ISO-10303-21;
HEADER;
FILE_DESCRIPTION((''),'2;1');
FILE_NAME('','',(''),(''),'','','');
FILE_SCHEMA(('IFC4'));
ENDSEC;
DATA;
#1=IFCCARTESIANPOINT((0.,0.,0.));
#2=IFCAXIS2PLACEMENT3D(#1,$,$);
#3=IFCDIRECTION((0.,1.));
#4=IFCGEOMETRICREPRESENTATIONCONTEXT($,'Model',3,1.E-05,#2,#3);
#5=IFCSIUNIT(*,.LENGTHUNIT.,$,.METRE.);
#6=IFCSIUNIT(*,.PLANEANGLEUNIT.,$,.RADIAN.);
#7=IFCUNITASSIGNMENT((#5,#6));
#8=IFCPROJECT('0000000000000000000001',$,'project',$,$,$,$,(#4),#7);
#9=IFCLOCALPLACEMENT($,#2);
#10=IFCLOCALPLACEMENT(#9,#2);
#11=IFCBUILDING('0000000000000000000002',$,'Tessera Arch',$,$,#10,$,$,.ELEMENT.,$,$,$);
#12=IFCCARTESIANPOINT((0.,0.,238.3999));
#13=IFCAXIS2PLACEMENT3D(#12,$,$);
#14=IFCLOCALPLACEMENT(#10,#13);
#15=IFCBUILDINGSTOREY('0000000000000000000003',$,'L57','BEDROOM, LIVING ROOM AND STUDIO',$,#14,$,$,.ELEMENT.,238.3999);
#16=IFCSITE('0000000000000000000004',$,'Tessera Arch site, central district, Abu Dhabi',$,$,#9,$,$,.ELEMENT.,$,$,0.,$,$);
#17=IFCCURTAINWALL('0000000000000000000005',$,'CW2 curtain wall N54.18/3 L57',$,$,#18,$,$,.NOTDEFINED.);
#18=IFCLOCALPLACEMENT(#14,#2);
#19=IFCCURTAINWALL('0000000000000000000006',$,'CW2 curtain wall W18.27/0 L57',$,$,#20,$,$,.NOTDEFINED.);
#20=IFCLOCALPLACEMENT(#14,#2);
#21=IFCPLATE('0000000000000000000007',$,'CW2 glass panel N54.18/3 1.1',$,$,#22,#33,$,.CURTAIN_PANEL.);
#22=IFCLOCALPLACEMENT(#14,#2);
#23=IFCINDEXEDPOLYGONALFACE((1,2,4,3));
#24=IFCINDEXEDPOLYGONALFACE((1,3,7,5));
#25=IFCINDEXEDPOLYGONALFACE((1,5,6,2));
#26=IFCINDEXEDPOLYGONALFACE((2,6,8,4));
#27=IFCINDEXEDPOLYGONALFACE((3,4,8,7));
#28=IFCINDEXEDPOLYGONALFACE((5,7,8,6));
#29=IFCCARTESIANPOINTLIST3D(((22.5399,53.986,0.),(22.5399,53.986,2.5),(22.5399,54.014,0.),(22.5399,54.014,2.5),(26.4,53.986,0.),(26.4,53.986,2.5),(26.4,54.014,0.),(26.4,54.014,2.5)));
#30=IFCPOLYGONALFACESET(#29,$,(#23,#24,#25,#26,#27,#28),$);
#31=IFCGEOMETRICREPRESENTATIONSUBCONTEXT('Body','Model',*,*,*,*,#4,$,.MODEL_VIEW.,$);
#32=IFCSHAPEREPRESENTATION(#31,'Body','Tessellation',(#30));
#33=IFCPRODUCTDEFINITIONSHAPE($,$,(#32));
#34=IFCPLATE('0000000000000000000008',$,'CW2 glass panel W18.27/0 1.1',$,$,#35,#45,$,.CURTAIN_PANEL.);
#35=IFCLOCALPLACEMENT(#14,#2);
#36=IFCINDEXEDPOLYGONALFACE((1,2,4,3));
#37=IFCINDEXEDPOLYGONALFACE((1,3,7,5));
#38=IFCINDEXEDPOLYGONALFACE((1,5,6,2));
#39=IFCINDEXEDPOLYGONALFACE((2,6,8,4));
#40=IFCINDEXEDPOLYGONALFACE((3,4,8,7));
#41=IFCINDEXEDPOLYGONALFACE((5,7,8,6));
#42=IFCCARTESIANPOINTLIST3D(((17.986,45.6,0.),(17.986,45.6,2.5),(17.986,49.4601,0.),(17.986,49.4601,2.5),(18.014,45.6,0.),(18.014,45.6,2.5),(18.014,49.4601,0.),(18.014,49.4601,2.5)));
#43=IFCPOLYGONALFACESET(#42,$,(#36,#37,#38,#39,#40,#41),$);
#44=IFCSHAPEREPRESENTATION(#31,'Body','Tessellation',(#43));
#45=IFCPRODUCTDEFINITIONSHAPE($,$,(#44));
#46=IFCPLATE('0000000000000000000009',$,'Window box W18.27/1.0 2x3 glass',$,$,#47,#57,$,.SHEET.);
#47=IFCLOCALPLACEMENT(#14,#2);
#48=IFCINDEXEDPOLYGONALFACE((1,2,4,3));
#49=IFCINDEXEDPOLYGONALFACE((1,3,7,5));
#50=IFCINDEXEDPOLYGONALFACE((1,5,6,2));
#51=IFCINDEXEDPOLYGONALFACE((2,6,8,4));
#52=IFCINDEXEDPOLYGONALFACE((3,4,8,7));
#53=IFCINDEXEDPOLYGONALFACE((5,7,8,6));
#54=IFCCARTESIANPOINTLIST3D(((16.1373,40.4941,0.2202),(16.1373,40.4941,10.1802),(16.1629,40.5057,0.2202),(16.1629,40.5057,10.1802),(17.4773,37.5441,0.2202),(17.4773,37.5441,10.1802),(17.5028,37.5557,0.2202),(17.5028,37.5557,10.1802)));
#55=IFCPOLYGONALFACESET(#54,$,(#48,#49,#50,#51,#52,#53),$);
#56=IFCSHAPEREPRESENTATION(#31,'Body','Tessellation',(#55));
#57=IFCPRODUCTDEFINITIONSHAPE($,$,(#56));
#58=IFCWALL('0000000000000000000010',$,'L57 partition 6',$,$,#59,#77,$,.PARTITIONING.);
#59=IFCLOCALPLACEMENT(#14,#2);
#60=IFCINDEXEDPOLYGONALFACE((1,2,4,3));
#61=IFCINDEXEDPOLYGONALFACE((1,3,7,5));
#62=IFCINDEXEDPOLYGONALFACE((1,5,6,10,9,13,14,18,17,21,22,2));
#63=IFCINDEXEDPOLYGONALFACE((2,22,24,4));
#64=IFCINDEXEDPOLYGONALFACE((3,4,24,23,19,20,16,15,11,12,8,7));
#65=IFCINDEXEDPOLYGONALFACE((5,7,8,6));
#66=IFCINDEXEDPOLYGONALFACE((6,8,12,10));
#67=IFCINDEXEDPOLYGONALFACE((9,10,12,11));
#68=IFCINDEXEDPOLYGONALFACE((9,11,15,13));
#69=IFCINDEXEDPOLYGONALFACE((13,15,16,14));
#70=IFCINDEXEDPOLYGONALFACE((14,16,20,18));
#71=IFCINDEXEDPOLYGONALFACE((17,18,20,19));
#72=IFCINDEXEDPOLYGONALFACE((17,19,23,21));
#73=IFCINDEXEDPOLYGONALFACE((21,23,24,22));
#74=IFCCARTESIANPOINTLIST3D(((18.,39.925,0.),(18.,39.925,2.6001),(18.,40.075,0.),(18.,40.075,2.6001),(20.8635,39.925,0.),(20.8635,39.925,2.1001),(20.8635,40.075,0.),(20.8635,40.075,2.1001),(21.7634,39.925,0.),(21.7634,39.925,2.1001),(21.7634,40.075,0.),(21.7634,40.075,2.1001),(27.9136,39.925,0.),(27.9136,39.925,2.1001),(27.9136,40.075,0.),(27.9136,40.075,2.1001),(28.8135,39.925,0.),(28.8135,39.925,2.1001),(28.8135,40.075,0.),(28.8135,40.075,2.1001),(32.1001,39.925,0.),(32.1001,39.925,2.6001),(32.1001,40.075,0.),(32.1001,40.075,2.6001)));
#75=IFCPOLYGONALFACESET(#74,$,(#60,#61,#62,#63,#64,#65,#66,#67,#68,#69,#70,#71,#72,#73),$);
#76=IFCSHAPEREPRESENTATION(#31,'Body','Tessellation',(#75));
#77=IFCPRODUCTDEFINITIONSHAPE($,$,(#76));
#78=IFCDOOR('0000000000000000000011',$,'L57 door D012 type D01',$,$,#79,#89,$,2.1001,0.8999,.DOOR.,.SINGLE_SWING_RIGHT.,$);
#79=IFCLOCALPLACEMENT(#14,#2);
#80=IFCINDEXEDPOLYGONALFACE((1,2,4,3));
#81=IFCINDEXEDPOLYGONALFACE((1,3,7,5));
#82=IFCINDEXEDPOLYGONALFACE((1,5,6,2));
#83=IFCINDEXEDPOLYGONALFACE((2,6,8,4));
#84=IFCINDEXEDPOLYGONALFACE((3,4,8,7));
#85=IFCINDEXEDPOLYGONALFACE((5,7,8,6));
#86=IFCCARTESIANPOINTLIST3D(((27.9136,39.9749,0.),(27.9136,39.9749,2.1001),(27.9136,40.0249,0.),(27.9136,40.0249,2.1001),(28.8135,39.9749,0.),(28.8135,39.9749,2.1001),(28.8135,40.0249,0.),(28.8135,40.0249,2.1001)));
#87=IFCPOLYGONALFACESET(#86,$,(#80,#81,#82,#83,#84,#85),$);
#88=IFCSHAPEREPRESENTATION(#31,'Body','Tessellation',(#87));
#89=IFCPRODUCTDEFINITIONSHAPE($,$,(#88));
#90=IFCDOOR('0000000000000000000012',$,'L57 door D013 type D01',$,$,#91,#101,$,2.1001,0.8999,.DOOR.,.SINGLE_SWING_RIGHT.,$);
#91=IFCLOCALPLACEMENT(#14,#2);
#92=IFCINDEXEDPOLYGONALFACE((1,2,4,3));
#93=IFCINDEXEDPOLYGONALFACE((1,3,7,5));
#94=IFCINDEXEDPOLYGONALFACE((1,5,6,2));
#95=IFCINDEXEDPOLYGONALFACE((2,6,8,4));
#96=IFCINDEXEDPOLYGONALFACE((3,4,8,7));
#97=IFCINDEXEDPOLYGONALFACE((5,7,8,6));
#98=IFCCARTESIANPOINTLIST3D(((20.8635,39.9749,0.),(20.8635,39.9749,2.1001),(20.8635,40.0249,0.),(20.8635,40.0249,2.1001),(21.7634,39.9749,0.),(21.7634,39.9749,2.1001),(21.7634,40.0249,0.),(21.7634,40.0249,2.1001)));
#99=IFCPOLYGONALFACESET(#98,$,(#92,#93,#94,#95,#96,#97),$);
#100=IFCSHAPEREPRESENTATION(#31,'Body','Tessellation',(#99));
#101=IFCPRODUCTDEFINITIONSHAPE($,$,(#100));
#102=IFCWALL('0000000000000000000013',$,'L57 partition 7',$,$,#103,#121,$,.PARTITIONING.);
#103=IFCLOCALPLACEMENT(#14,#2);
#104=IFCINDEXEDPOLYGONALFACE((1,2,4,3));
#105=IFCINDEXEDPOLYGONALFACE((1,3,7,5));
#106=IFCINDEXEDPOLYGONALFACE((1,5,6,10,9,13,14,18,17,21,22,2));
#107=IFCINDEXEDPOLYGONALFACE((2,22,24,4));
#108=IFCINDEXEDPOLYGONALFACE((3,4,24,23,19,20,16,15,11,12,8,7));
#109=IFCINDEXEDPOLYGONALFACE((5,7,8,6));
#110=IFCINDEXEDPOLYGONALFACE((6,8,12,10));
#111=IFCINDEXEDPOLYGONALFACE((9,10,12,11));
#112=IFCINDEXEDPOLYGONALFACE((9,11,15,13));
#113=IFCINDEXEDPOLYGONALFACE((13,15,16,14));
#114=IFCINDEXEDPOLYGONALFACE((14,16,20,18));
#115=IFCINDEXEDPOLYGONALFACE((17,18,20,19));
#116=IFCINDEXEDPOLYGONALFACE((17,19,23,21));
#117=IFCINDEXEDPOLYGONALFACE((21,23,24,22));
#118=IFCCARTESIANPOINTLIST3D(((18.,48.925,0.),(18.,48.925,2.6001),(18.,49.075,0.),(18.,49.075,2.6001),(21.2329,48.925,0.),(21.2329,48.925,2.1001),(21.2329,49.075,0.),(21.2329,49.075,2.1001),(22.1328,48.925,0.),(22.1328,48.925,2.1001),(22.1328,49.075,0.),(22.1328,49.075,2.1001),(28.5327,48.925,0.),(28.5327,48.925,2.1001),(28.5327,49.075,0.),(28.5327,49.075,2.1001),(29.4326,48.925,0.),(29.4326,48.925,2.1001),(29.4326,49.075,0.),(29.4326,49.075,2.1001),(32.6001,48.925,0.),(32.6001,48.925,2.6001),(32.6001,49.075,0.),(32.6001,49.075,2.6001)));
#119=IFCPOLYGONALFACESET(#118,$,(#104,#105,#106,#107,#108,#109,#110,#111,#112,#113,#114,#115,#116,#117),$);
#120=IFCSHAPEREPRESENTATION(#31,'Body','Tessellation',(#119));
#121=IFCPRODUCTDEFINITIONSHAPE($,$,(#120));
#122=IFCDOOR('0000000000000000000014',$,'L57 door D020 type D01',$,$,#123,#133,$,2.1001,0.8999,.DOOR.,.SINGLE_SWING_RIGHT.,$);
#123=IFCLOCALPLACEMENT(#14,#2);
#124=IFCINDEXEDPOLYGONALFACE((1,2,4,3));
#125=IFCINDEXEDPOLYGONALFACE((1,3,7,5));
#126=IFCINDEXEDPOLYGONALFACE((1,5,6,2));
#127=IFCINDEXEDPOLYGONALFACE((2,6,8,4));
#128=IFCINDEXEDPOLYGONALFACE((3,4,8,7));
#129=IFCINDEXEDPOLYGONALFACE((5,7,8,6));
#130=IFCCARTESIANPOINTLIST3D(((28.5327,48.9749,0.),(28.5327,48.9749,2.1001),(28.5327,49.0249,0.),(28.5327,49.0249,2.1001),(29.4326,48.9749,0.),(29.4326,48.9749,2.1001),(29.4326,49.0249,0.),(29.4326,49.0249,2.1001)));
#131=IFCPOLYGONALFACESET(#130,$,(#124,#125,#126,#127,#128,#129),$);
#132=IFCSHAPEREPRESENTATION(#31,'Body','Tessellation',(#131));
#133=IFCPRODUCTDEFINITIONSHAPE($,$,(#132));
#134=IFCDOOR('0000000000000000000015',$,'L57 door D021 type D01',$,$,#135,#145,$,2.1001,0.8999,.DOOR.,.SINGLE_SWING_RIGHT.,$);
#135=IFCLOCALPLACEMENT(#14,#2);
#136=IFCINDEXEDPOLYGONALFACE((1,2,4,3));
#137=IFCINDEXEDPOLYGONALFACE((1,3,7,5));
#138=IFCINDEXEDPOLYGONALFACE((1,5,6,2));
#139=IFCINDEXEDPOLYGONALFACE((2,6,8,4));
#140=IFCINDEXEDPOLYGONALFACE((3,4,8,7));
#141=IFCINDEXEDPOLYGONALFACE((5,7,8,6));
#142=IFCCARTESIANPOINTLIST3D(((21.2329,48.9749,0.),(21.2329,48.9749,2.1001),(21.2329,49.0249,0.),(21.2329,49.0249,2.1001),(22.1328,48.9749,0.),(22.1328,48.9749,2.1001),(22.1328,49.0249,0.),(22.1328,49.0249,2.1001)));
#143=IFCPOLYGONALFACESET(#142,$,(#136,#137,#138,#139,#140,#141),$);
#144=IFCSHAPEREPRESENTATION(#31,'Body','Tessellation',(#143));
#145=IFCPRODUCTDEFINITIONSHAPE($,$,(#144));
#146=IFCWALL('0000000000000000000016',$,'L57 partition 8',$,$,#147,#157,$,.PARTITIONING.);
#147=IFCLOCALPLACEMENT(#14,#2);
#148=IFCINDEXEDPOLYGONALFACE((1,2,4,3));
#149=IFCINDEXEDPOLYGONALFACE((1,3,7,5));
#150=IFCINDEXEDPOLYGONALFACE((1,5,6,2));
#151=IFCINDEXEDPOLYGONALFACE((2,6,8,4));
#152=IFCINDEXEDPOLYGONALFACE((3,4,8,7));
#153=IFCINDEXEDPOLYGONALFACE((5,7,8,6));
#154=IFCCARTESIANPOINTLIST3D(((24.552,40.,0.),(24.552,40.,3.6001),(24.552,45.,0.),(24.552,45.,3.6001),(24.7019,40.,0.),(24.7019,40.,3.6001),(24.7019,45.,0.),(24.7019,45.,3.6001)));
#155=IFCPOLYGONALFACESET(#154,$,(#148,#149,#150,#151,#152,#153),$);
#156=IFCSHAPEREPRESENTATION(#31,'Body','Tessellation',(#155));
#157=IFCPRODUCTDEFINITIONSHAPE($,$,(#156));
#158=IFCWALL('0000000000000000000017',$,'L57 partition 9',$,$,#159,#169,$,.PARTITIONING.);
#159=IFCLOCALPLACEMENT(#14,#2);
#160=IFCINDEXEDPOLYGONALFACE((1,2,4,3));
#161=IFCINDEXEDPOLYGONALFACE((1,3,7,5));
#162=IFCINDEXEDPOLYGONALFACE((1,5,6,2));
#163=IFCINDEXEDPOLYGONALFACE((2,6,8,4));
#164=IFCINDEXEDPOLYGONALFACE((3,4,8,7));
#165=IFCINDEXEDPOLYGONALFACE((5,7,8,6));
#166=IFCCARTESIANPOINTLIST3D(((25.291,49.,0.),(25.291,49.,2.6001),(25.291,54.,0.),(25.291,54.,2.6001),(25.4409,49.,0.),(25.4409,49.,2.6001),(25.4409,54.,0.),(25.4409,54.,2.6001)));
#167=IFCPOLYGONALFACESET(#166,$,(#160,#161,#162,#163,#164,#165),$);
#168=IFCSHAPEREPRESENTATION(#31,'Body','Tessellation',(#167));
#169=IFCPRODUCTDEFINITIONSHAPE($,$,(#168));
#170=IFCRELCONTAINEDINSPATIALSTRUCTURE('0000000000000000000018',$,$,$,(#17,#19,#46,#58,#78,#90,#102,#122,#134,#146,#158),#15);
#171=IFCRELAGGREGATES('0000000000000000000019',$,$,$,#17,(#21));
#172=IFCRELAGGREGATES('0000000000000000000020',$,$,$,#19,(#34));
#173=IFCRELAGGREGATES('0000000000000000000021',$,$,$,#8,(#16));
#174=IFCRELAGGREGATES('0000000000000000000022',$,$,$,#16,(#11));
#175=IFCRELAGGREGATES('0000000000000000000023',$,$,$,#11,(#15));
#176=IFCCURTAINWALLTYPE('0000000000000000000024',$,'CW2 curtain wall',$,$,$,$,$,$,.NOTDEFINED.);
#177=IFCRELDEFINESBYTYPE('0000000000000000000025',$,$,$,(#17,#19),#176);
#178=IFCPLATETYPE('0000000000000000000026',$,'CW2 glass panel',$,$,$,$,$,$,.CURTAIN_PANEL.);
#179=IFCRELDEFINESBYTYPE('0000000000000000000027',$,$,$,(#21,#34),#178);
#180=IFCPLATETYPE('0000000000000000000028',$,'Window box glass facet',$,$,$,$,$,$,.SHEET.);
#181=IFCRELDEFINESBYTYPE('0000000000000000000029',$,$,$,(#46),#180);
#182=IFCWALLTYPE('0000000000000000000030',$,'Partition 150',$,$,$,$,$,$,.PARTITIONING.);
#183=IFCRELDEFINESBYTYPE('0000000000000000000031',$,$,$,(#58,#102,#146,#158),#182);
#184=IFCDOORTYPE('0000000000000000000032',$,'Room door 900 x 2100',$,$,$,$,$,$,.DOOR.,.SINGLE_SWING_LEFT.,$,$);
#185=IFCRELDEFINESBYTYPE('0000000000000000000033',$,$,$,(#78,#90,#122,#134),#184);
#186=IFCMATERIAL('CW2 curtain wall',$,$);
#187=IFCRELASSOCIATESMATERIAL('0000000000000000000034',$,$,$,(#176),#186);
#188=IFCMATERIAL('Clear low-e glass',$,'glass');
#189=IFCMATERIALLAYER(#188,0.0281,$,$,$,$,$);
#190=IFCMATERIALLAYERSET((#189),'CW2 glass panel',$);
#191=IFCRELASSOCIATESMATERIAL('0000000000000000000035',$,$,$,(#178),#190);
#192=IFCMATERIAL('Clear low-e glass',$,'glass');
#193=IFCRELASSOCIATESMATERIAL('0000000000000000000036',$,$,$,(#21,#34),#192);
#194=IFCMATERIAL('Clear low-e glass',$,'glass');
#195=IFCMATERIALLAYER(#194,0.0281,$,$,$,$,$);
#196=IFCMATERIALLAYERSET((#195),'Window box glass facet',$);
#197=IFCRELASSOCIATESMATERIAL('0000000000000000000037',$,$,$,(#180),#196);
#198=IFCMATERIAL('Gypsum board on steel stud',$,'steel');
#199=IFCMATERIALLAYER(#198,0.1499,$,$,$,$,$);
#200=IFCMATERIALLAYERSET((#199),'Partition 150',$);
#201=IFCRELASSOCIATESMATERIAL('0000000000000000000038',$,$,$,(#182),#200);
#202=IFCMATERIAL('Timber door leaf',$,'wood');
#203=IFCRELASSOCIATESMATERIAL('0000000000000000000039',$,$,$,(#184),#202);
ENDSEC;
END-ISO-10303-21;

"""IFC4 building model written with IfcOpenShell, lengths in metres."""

from ifc_helpers import new_model, si_unit, direction, frame, frame_2d, origin, origin_2d, place, context, subcontext, project, spatial, rectangle, extrude, material, layer, layer_set, type_object, element, fill, aggregate, save


model = new_model("IFC4")

# Units and contexts
model_context = context("Model", 3, precision=1e-05, world=origin(), true_north=direction((0.0, 1.0)))
body_context = subcontext(model_context, "Body", "Model", "MODEL_VIEW")
ifc_project = project(units=[si_unit("LENGTHUNIT", "METRE"), si_unit("PLANEANGLEUNIT", "RADIAN")], contexts=[model_context])

# Site, building, storey
site_placement = place(None, origin())
site = spatial("IfcSite", under=ifc_project, at=site_placement, Name="Tessera Arch site, central district, Abu Dhabi", CompositionType="ELEMENT", RefElevation=0.0)
building_placement = place(site_placement, origin())
building = spatial("IfcBuilding", under=site, at=building_placement, Name="Tessera Arch", CompositionType="ELEMENT")
storey_placement = place(building_placement, frame((0.0, 0.0, 238.3999)))
storey = spatial("IfcBuildingStorey", under=building, at=storey_placement, Name="L57", Description="BEDROOM, LIVING ROOM AND STUDIO", CompositionType="ELEMENT", Elevation=238.3999)

# Curtain walls
ifc_material_1 = material(Name="CW2 curtain wall")
curtain_wall_type_1 = type_object("IfcCurtainWallType", Name="CW2 curtain wall", PredefinedType="NOTDEFINED", material=ifc_material_1)
curtain_wall_1_placement = place(storey_placement, origin())
curtain_wall_1 = element("IfcCurtainWall", 1, at=curtain_wall_1_placement, inside=storey, type_object=curtain_wall_type_1, Name="CW2 curtain wall N54.18/3 L57", PredefinedType="NOTDEFINED")
curtain_wall_2_placement = place(storey_placement, origin())
curtain_wall_2 = element("IfcCurtainWall", 2, at=curtain_wall_2_placement, inside=storey, type_object=curtain_wall_type_1, Name="CW2 curtain wall W18.27/0 L57", PredefinedType="NOTDEFINED")

# Plates
ifc_material_2 = material(Name="Clear low-e glass", Category="glass")
ifc_material_3 = material(Name="Clear low-e glass", Category="glass")
ifc_layer_1 = layer(ifc_material_3, 0.0281)
ifc_layer_set_1 = layer_set([ifc_layer_1], Name="CW2 glass panel")
plate_type_1 = type_object("IfcPlateType", Name="CW2 glass panel", PredefinedType="CURTAIN_PANEL", material=ifc_layer_set_1)
plate_1_placement = place(storey_placement, frame((24.47, 54.0, 0.0), z_axis=(0.0, 0.0, 1.0), x_axis=(-1.0, 0.0, 0.0)))
plate_1 = element("IfcPlate", 3, at=plate_1_placement, type_object=plate_type_1, material=ifc_material_2, Name="CW2 glass panel N54.18/3 1.1", PredefinedType="CURTAIN_PANEL", context=body_context, shape_type="SweptSolid", body=[
    extrude(rectangle(XDim=3.8601, YDim=0.0281, at=origin_2d()), origin(), (0.0, 0.0, 1.0), 2.5),
])
aggregate(curtain_wall_1, [plate_1])
plate_2_placement = place(storey_placement, frame((18.0, 47.53, 0.0), z_axis=(0.0, 0.0, 1.0), x_axis=(0.0, -1.0, 0.0)))
plate_2 = element("IfcPlate", 4, at=plate_2_placement, type_object=plate_type_1, material=ifc_material_2, Name="CW2 glass panel W18.27/0 1.1", PredefinedType="CURTAIN_PANEL", context=body_context, shape_type="SweptSolid", body=[
    extrude(rectangle(XDim=3.8601, YDim=0.0281, at=origin_2d()), origin(), (0.0, 0.0, 1.0), 2.5),
])
aggregate(curtain_wall_2, [plate_2])
ifc_material_4 = material(Name="Clear low-e glass", Category="glass")
ifc_layer_2 = layer(ifc_material_4, 0.0281)
ifc_layer_set_2 = layer_set([ifc_layer_2], Name="Window box glass facet")
plate_type_2 = type_object("IfcPlateType", Name="Window box glass facet", PredefinedType="SHEET", material=ifc_layer_set_2)
plate_3_placement = place(storey_placement, frame((16.8201, 39.0249, 0.2202), z_axis=(0.0, 0.0, 1.0), x_axis=(-0.41357, 0.910472, 0.0)))
element("IfcPlate", 5, at=plate_3_placement, inside=storey, type_object=plate_type_2, Name="Window box W18.27/1.0 2x3 glass", PredefinedType="SHEET", context=body_context, shape_type="SweptSolid", body=[
    extrude(rectangle(XDim=3.24, YDim=0.0281, at=origin_2d()), origin(), (0.0, 0.0, 1.0), 9.96),
])

# Walls, openings, doors
ifc_material_5 = material(Name="Gypsum board on steel stud", Category="steel")
ifc_layer_3 = layer(ifc_material_5, 0.1499)
ifc_layer_set_3 = layer_set([ifc_layer_3], Name="Partition 150")
wall_type_1 = type_object("IfcWallType", Name="Partition 150", PredefinedType="PARTITIONING", material=ifc_layer_set_3)
wall_1_placement = place(storey_placement, frame((18.0, 40.0, 0.0), z_axis=(0.0, 0.0, 1.0), x_axis=(1.0, 0.0, 0.0)))
wall_1 = element("IfcWall", 6, at=wall_1_placement, inside=storey, type_object=wall_type_1, Name="L57 partition 6", PredefinedType="PARTITIONING", context=body_context, shape_type="SweptSolid", body=[
    extrude(rectangle(XDim=14.1001, YDim=0.1499, at=frame_2d((7.05, 0.0))), origin(), (0.0, 0.0, 1.0), 2.6001),
])
opening_1_placement = place(wall_1_placement, frame((9.9136, 0.0, 0.0)))
opening_1 = element("IfcOpeningElement", 7, at=opening_1_placement, cuts=wall_1, PredefinedType="OPENING", context=body_context, shape_type="SweptSolid", body=[
    extrude(rectangle(XDim=0.8999, YDim=2.1001, at=frame_2d((0.45, 1.05))), frame((0.0, 0.085, 0.0), z_axis=(0.0, -1.0, 0.0), x_axis=(1.0, 0.0, 0.0)), (0.0, 0.0, 1.0), 0.1699),
])
opening_2_placement = place(wall_1_placement, frame((2.8635, 0.0, 0.0)))
opening_2 = element("IfcOpeningElement", 8, at=opening_2_placement, cuts=wall_1, PredefinedType="OPENING", context=body_context, shape_type="SweptSolid", body=[
    extrude(rectangle(XDim=0.8999, YDim=2.1001, at=frame_2d((0.45, 1.05))), frame((0.0, 0.085, 0.0), z_axis=(0.0, -1.0, 0.0), x_axis=(1.0, 0.0, 0.0)), (0.0, 0.0, 1.0), 0.1699),
])
ifc_material_6 = material(Name="Timber door leaf", Category="wood")
door_type = type_object("IfcDoorType", Name="Room door 900 x 2100", OperationType="SINGLE_SWING_LEFT", PredefinedType="DOOR", material=ifc_material_6)
door_1_placement = place(opening_1_placement, origin())
door_1 = element("IfcDoor", 9, at=door_1_placement, inside=storey, type_object=door_type, Name="L57 door D012 type D01", OperationType="SINGLE_SWING_RIGHT", OverallHeight=2.1001, OverallWidth=0.8999, PredefinedType="DOOR", context=body_context, shape_type="SweptSolid", body=[
    extrude(rectangle(XDim=0.8999, YDim=2.1001, at=frame_2d((0.45, 1.05))), frame((0.0, 0.0249, 0.0), z_axis=(0.0, -1.0, 0.0), x_axis=(1.0, 0.0, 0.0)), (0.0, 0.0, 1.0), 0.05),
])
fill(opening_1, door_1)
door_2_placement = place(opening_2_placement, origin())
door_2 = element("IfcDoor", 10, at=door_2_placement, inside=storey, type_object=door_type, Name="L57 door D013 type D01", OperationType="SINGLE_SWING_RIGHT", OverallHeight=2.1001, OverallWidth=0.8999, PredefinedType="DOOR", context=body_context, shape_type="SweptSolid", body=[
    extrude(rectangle(XDim=0.8999, YDim=2.1001, at=frame_2d((0.45, 1.05))), frame((0.0, 0.0249, 0.0), z_axis=(0.0, -1.0, 0.0), x_axis=(1.0, 0.0, 0.0)), (0.0, 0.0, 1.0), 0.05),
])
fill(opening_2, door_2)
wall_2_placement = place(storey_placement, frame((18.0, 49.0, 0.0), z_axis=(0.0, 0.0, 1.0), x_axis=(1.0, 0.0, 0.0)))
wall_2 = element("IfcWall", 11, at=wall_2_placement, inside=storey, type_object=wall_type_1, Name="L57 partition 7", PredefinedType="PARTITIONING", context=body_context, shape_type="SweptSolid", body=[
    extrude(rectangle(XDim=14.6001, YDim=0.1499, at=frame_2d((7.3, 0.0))), origin(), (0.0, 0.0, 1.0), 2.6001),
])
opening_3_placement = place(wall_2_placement, frame((10.5327, 0.0, 0.0)))
opening_3 = element("IfcOpeningElement", 12, at=opening_3_placement, cuts=wall_2, PredefinedType="OPENING", context=body_context, shape_type="SweptSolid", body=[
    extrude(rectangle(XDim=0.8999, YDim=2.1001, at=frame_2d((0.45, 1.05))), frame((0.0, 0.085, 0.0), z_axis=(0.0, -1.0, 0.0), x_axis=(1.0, 0.0, 0.0)), (0.0, 0.0, 1.0), 0.1699),
])
opening_4_placement = place(wall_2_placement, frame((3.2329, 0.0, 0.0)))
opening_4 = element("IfcOpeningElement", 13, at=opening_4_placement, cuts=wall_2, PredefinedType="OPENING", context=body_context, shape_type="SweptSolid", body=[
    extrude(rectangle(XDim=0.8999, YDim=2.1001, at=frame_2d((0.45, 1.05))), frame((0.0, 0.085, 0.0), z_axis=(0.0, -1.0, 0.0), x_axis=(1.0, 0.0, 0.0)), (0.0, 0.0, 1.0), 0.1699),
])
door_3_placement = place(opening_3_placement, origin())
door_3 = element("IfcDoor", 14, at=door_3_placement, inside=storey, type_object=door_type, Name="L57 door D020 type D01", OperationType="SINGLE_SWING_RIGHT", OverallHeight=2.1001, OverallWidth=0.8999, PredefinedType="DOOR", context=body_context, shape_type="SweptSolid", body=[
    extrude(rectangle(XDim=0.8999, YDim=2.1001, at=frame_2d((0.45, 1.05))), frame((0.0, 0.0249, 0.0), z_axis=(0.0, -1.0, 0.0), x_axis=(1.0, 0.0, 0.0)), (0.0, 0.0, 1.0), 0.05),
])
fill(opening_3, door_3)
door_4_placement = place(opening_4_placement, origin())
door_4 = element("IfcDoor", 15, at=door_4_placement, inside=storey, type_object=door_type, Name="L57 door D021 type D01", OperationType="SINGLE_SWING_RIGHT", OverallHeight=2.1001, OverallWidth=0.8999, PredefinedType="DOOR", context=body_context, shape_type="SweptSolid", body=[
    extrude(rectangle(XDim=0.8999, YDim=2.1001, at=frame_2d((0.45, 1.05))), frame((0.0, 0.0249, 0.0), z_axis=(0.0, -1.0, 0.0), x_axis=(1.0, 0.0, 0.0)), (0.0, 0.0, 1.0), 0.05),
])
fill(opening_4, door_4)

# Walls
wall_3_placement = place(storey_placement, frame((24.627, 40.0, 0.0), z_axis=(0.0, 0.0, 1.0), x_axis=(0.0, 1.0, 0.0)))
element("IfcWall", 16, at=wall_3_placement, inside=storey, type_object=wall_type_1, Name="L57 partition 8", PredefinedType="PARTITIONING", context=body_context, shape_type="SweptSolid", body=[
    extrude(rectangle(XDim=5.0, YDim=0.1499, at=frame_2d((2.5, 0.0))), origin(), (0.0, 0.0, 1.0), 3.6001),
])
wall_4_placement = place(storey_placement, frame((25.366, 49.0, 0.0), z_axis=(0.0, 0.0, 1.0), x_axis=(0.0, 1.0, 0.0)))
element("IfcWall", 17, at=wall_4_placement, inside=storey, type_object=wall_type_1, Name="L57 partition 9", PredefinedType="PARTITIONING", context=body_context, shape_type="SweptSolid", body=[
    extrude(rectangle(XDim=5.0, YDim=0.1499, at=frame_2d((2.5, 0.0))), origin(), (0.0, 0.0, 1.0), 2.6001),
])

save(model, "model.ifc")
